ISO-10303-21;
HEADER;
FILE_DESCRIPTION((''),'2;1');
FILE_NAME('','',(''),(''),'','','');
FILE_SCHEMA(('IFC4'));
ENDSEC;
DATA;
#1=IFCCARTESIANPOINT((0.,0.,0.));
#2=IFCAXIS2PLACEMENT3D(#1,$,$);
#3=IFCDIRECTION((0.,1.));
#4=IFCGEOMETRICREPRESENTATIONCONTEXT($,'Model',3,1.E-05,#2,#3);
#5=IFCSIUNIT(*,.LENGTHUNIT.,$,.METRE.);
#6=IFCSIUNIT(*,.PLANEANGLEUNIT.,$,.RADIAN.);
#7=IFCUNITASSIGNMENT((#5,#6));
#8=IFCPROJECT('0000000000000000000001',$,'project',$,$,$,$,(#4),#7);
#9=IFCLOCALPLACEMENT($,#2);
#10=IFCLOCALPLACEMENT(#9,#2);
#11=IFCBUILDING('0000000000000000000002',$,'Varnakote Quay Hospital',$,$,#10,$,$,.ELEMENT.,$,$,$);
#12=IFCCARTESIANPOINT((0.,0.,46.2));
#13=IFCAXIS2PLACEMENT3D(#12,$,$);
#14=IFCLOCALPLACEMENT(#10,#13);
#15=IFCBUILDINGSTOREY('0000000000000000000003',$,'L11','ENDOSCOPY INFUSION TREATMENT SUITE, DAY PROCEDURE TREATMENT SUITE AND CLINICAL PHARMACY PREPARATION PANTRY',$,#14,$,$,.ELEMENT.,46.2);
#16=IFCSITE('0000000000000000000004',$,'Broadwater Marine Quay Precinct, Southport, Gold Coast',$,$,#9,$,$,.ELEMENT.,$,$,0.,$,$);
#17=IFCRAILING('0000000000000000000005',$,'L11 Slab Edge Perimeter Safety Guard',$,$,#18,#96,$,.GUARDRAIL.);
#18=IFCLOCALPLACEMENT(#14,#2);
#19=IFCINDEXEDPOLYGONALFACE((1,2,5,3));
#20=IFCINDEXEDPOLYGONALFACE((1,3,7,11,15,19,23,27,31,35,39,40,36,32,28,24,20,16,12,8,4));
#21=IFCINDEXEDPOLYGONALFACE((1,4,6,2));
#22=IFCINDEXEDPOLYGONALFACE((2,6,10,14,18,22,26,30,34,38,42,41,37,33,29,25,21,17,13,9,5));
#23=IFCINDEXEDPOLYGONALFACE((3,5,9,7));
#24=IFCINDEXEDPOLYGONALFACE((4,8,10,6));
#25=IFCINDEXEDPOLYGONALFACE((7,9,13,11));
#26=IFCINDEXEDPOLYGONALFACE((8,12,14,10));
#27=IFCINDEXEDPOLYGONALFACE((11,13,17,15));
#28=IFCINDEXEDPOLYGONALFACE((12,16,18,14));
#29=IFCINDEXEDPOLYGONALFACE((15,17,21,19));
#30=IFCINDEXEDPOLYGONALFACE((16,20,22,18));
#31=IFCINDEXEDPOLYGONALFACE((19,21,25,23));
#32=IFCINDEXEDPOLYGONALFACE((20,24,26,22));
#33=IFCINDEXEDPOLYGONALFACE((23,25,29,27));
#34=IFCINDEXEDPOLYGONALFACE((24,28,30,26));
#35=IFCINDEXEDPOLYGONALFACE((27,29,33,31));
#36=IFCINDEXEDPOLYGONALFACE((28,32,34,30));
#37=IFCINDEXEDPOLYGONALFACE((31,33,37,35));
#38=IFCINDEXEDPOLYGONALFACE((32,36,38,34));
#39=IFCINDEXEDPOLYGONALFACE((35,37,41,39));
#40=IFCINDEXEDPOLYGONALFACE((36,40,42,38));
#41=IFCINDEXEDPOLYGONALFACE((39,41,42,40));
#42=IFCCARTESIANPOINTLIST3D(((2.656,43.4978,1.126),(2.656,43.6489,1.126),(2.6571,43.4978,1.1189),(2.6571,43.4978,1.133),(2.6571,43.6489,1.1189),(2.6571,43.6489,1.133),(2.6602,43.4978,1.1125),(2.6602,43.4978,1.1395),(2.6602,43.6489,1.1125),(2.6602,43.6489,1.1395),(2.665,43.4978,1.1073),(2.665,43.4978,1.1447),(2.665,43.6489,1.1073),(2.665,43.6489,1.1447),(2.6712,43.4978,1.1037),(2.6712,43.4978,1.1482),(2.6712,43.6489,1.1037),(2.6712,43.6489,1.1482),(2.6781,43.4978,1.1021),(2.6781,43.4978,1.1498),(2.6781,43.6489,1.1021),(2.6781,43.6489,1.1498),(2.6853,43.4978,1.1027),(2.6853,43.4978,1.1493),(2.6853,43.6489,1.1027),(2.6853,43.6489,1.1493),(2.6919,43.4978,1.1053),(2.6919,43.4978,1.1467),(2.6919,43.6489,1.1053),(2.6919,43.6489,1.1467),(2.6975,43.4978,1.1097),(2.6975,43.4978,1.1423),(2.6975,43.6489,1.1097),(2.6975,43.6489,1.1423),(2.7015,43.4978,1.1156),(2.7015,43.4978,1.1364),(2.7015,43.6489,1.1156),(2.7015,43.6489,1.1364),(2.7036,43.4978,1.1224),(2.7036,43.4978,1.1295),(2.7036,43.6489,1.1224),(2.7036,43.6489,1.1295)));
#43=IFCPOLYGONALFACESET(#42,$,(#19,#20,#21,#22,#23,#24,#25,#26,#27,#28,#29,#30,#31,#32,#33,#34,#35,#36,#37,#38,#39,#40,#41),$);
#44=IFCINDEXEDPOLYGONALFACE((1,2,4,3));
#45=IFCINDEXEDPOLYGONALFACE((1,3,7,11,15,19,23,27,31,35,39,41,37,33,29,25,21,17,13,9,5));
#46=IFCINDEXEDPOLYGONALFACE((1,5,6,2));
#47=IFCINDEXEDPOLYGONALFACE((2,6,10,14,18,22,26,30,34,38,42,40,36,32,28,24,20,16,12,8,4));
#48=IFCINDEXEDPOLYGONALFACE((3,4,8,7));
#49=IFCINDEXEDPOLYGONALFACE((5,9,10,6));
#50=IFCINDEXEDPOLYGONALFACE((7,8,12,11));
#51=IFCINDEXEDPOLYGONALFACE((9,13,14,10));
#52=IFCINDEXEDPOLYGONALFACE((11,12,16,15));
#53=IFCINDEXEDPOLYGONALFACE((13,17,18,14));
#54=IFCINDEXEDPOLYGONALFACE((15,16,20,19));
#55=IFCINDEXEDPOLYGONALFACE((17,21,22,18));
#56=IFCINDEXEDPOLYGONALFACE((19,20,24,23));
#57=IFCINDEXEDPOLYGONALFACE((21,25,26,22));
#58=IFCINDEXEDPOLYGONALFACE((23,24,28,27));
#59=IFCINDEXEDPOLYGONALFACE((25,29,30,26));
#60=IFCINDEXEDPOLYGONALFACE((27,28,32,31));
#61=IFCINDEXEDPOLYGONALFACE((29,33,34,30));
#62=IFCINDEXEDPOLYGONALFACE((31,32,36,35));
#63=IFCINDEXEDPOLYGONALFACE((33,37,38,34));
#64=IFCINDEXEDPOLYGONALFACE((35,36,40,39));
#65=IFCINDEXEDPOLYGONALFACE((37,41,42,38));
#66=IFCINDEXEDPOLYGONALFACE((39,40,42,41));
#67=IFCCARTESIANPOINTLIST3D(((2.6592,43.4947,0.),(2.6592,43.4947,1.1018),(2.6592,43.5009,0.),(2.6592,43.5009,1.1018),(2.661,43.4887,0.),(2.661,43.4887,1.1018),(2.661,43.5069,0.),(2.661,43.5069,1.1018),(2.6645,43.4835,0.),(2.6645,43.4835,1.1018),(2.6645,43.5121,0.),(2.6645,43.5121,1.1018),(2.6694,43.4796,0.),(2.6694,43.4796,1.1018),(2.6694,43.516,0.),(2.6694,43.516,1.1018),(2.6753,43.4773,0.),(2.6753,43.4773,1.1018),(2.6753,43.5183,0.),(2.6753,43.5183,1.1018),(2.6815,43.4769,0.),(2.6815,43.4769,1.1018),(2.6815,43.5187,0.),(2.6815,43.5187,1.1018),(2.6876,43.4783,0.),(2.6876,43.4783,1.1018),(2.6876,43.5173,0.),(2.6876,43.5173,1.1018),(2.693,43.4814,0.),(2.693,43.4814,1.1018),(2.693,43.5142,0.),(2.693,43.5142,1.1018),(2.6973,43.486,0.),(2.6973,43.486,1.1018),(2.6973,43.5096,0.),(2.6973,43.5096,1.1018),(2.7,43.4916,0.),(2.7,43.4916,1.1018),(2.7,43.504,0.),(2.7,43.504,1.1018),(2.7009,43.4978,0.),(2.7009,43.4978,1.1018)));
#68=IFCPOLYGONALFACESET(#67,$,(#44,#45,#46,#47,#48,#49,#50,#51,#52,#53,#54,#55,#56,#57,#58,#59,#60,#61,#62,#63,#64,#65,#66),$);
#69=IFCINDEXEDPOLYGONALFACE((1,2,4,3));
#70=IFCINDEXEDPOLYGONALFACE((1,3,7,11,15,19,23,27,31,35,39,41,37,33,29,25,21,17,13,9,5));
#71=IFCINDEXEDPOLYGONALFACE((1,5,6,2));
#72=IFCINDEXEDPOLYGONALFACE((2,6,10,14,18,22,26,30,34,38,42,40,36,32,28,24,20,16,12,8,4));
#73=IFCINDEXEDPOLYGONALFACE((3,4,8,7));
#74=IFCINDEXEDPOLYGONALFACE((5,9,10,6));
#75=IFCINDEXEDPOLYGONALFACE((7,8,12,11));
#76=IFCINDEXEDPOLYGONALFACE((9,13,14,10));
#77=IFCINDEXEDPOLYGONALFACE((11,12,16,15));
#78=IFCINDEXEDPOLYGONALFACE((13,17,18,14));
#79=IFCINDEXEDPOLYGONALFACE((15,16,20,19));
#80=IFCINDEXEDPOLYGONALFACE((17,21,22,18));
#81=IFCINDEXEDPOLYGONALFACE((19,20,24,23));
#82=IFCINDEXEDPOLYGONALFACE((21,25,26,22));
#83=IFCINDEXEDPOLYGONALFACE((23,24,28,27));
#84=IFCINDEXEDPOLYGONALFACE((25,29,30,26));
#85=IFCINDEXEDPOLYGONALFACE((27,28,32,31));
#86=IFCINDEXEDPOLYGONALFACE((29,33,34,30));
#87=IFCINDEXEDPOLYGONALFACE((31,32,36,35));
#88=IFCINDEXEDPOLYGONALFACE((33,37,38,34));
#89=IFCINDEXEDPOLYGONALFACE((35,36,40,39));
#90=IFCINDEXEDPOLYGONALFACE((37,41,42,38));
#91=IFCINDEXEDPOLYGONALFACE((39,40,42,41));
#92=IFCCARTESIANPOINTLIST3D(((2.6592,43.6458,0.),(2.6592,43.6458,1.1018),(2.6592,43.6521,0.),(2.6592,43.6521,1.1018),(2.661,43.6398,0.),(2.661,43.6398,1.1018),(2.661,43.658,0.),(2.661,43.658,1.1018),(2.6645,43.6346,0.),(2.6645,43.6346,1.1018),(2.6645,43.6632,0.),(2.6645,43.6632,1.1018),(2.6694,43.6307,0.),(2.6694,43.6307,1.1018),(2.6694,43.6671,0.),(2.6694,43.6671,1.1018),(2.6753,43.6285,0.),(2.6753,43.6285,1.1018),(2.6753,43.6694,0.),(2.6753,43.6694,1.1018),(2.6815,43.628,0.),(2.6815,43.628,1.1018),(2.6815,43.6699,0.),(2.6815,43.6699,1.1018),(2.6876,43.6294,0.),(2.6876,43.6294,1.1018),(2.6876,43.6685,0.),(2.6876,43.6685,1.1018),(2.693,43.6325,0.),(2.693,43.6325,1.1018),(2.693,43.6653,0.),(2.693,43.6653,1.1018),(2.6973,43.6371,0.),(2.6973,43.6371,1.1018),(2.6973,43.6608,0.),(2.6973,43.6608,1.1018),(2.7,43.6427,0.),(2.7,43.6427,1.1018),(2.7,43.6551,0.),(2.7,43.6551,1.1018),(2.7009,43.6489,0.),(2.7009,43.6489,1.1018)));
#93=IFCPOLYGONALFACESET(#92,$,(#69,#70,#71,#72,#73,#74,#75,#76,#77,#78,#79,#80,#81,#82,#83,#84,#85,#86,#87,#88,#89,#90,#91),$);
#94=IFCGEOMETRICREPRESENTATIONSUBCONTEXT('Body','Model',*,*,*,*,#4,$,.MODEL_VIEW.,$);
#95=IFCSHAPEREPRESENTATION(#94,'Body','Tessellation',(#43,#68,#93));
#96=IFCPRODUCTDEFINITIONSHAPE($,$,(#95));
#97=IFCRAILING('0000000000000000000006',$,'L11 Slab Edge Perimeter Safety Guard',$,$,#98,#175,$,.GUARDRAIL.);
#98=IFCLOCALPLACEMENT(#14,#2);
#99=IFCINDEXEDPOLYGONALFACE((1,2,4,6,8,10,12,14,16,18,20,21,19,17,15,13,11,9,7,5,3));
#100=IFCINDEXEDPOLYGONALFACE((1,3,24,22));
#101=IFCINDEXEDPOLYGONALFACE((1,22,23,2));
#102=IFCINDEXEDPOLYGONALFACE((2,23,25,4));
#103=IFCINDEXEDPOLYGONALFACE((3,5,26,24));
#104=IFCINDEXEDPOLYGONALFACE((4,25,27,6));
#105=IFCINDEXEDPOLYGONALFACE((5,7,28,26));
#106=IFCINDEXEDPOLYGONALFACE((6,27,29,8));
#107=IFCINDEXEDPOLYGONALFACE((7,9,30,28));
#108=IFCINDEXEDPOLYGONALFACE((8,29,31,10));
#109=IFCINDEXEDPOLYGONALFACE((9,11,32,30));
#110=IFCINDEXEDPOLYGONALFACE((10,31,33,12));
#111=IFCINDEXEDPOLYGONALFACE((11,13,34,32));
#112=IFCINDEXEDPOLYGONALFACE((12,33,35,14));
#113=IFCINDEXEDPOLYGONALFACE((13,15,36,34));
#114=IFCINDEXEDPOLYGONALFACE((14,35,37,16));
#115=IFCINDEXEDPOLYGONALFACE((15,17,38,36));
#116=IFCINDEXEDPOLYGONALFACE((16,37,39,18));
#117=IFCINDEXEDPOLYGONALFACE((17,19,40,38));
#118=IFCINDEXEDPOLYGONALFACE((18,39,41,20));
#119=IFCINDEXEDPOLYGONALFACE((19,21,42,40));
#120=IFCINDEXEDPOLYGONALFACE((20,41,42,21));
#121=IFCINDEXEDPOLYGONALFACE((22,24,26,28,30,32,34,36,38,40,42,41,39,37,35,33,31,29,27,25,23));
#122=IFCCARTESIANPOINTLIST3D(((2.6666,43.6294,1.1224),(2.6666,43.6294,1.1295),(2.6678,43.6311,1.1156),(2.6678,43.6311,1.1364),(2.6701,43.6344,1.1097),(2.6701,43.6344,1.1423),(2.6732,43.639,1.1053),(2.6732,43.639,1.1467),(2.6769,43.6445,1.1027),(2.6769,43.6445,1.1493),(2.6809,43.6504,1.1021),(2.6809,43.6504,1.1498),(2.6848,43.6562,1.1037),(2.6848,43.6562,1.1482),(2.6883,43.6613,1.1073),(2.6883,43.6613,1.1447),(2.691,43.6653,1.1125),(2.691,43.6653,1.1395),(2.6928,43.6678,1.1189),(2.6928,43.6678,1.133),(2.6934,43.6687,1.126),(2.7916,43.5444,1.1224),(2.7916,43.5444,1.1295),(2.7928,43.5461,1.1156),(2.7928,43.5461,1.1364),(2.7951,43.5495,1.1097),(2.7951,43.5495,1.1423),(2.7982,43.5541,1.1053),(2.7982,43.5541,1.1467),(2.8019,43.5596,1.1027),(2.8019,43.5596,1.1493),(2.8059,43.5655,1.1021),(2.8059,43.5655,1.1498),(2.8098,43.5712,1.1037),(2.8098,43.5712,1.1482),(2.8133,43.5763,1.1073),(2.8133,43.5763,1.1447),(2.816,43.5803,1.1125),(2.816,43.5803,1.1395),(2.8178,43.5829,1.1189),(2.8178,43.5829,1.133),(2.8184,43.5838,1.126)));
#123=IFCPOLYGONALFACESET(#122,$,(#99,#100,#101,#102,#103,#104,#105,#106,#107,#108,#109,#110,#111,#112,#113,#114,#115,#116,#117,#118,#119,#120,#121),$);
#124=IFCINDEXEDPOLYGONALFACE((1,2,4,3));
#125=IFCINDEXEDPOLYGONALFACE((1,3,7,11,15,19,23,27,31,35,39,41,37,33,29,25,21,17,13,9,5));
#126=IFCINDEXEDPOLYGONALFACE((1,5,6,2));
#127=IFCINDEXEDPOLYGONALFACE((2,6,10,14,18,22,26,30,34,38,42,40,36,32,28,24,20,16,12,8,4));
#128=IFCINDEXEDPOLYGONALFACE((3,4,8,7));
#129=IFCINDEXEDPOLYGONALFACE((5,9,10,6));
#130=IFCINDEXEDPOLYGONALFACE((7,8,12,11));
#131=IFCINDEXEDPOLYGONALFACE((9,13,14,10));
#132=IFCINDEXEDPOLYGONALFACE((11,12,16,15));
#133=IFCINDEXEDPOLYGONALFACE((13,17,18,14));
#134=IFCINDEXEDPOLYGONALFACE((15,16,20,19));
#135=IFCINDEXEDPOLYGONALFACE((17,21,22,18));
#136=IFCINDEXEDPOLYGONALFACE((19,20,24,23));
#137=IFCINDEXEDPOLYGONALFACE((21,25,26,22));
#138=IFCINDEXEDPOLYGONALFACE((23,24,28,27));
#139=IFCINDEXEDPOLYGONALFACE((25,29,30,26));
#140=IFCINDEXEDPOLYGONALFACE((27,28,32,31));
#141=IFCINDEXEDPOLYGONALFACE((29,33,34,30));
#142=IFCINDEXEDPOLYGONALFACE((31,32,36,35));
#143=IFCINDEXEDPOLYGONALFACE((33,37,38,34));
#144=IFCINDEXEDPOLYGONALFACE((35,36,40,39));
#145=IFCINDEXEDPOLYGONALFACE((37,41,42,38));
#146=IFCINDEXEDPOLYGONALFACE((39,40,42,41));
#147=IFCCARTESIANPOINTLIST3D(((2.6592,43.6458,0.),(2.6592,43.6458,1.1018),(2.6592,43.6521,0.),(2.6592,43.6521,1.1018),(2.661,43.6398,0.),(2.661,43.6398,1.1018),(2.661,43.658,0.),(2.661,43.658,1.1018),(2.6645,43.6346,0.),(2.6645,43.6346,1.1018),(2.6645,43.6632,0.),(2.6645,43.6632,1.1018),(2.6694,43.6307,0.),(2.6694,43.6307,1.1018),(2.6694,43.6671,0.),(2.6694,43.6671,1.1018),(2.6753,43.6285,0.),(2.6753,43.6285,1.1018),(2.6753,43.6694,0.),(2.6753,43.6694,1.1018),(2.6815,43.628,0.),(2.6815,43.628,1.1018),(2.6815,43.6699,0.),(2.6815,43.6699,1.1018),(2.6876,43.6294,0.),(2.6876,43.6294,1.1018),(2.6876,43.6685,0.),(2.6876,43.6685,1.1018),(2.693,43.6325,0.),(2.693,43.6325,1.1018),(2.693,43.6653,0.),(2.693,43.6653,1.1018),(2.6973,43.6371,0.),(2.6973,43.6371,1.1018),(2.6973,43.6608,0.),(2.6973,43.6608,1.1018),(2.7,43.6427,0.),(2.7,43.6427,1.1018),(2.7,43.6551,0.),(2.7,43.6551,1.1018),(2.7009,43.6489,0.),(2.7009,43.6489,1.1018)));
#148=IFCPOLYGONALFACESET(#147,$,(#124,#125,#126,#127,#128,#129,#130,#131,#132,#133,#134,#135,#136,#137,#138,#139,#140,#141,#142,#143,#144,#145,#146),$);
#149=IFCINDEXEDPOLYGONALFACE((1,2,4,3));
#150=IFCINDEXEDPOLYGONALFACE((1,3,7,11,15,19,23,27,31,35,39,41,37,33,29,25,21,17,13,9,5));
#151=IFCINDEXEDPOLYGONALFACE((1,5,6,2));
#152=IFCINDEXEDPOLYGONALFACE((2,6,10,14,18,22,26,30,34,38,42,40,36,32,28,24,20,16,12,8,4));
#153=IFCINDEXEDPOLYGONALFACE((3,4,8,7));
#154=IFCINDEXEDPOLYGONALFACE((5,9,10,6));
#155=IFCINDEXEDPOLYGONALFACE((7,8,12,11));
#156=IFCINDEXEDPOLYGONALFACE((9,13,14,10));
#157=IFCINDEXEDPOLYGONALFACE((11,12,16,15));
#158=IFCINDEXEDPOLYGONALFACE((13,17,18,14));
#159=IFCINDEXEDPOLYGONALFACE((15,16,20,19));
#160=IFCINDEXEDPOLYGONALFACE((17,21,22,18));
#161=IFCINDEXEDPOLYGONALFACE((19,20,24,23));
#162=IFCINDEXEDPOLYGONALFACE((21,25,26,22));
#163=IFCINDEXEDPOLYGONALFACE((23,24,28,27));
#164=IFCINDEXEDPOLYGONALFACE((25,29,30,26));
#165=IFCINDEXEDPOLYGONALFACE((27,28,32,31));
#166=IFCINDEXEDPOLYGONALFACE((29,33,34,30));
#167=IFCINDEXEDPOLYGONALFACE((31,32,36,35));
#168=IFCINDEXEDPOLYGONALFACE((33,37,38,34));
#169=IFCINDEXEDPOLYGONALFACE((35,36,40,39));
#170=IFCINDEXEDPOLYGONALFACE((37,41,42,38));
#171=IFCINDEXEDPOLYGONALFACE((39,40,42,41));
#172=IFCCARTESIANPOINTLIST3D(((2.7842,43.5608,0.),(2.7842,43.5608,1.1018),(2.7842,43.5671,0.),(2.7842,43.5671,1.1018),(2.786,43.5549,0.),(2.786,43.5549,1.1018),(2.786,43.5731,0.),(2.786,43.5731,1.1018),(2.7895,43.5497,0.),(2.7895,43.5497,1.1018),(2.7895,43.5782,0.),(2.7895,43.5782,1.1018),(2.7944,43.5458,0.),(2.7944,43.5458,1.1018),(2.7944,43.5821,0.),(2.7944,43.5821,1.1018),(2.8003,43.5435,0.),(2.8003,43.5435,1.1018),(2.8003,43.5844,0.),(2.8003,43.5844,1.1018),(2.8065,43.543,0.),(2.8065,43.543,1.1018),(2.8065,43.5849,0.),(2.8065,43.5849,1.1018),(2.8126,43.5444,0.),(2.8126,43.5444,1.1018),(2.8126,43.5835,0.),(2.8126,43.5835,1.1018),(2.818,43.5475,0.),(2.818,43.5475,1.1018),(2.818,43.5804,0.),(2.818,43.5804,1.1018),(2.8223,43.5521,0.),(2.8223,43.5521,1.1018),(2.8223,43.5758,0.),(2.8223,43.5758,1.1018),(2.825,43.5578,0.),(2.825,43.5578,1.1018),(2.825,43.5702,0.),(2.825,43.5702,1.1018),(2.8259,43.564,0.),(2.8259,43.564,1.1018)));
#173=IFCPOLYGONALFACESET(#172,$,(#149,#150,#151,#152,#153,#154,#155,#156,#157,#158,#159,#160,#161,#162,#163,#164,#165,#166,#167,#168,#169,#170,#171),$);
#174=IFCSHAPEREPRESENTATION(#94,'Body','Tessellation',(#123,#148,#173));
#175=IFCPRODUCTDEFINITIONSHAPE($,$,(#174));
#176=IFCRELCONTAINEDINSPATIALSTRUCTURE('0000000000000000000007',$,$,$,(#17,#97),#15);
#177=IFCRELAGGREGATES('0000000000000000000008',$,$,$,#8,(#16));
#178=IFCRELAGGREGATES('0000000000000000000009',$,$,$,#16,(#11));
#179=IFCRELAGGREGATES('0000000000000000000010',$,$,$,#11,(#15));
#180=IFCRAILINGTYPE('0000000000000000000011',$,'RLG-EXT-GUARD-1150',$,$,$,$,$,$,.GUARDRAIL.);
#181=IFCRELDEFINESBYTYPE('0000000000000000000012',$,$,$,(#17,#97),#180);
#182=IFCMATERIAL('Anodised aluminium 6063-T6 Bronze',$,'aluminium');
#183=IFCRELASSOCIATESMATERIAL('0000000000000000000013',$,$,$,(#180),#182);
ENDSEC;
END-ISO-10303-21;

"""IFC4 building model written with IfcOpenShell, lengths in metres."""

from ifc_helpers import new_model, si_unit, direction, frame, origin, origin_2d, place, context, subcontext, project, spatial, circle, extrude, material, type_object, element, save


model = new_model("IFC4")

# Units and contexts
model_context = context("Model", 3, precision=1e-05, world=origin(), true_north=direction((0.0, 1.0)))
body_context = subcontext(model_context, "Body", "Model", "MODEL_VIEW")
ifc_project = project(units=[si_unit("LENGTHUNIT", "METRE"), si_unit("PLANEANGLEUNIT", "RADIAN")], contexts=[model_context])

# Site, building, storey
site_placement = place(None, origin())
site = spatial("IfcSite", under=ifc_project, at=site_placement, Name="Broadwater Marine Quay Precinct, Southport, Gold Coast", CompositionType="ELEMENT", RefElevation=0.0)
building_placement = place(site_placement, origin())
building = spatial("IfcBuilding", under=site, at=building_placement, Name="Varnakote Quay Hospital", CompositionType="ELEMENT")
storey_placement = place(building_placement, frame((0.0, 0.0, 46.2)))
storey = spatial("IfcBuildingStorey", under=building, at=storey_placement, Name="L11", Description="ENDOSCOPY INFUSION TREATMENT SUITE, DAY PROCEDURE TREATMENT SUITE AND CLINICAL PHARMACY PREPARATION PANTRY", CompositionType="ELEMENT", Elevation=46.2)

# Railings
ifc_material_1 = material(Name="Anodised aluminium 6063-T6 Bronze", Category="aluminium")
railing_type = type_object("IfcRailingType", Name="RLG-EXT-GUARD-1150", PredefinedType="GUARDRAIL", material=ifc_material_1)
railing_1_placement = place(storey_placement, frame((2.6799, 43.4978, 0.0)))
element("IfcRailing", 1, at=railing_1_placement, inside=storey, type_object=railing_type, Name="L11 Slab Edge Perimeter Safety Guard", PredefinedType="GUARDRAIL", context=body_context, shape_type="SweptSolid", body=[
    extrude(circle(Radius=0.0239, at=origin_2d()), frame((0.0, 0.0, 1.126), z_axis=(0.0, 1.0, 0.0), x_axis=(-1.0, 0.0, 0.0)), (0.0, 0.0, 1.0), 0.1511),
    extrude(circle(Radius=0.021, at=origin_2d()), origin(), (0.0, 0.0, 1.0), 1.1018),
    extrude(circle(Radius=0.021, at=origin_2d()), frame((0.0, 0.1511, 0.0)), (0.0, 0.0, 1.0), 1.1018),
])
railing_2_placement = place(storey_placement, frame((2.6799, 43.6489, 0.0)))
element("IfcRailing", 2, at=railing_2_placement, inside=storey, type_object=railing_type, Name="L11 Slab Edge Perimeter Safety Guard", PredefinedType="GUARDRAIL", context=body_context, shape_type="SweptSolid", body=[
    extrude(circle(Radius=0.0239, at=origin_2d()), frame((0.0, 0.0, 1.126), z_axis=(0.827047, -0.562133, 0.0), x_axis=(0.562133, 0.827047, 0.0)), (0.0, 0.0, 1.0), 0.1511),
    extrude(circle(Radius=0.021, at=origin_2d()), origin(), (0.0, 0.0, 1.0), 1.1018),
    extrude(circle(Radius=0.021, at=origin_2d()), frame((0.125, -0.085, 0.0)), (0.0, 0.0, 1.0), 1.1018),
])

save(model, "model.ifc")
